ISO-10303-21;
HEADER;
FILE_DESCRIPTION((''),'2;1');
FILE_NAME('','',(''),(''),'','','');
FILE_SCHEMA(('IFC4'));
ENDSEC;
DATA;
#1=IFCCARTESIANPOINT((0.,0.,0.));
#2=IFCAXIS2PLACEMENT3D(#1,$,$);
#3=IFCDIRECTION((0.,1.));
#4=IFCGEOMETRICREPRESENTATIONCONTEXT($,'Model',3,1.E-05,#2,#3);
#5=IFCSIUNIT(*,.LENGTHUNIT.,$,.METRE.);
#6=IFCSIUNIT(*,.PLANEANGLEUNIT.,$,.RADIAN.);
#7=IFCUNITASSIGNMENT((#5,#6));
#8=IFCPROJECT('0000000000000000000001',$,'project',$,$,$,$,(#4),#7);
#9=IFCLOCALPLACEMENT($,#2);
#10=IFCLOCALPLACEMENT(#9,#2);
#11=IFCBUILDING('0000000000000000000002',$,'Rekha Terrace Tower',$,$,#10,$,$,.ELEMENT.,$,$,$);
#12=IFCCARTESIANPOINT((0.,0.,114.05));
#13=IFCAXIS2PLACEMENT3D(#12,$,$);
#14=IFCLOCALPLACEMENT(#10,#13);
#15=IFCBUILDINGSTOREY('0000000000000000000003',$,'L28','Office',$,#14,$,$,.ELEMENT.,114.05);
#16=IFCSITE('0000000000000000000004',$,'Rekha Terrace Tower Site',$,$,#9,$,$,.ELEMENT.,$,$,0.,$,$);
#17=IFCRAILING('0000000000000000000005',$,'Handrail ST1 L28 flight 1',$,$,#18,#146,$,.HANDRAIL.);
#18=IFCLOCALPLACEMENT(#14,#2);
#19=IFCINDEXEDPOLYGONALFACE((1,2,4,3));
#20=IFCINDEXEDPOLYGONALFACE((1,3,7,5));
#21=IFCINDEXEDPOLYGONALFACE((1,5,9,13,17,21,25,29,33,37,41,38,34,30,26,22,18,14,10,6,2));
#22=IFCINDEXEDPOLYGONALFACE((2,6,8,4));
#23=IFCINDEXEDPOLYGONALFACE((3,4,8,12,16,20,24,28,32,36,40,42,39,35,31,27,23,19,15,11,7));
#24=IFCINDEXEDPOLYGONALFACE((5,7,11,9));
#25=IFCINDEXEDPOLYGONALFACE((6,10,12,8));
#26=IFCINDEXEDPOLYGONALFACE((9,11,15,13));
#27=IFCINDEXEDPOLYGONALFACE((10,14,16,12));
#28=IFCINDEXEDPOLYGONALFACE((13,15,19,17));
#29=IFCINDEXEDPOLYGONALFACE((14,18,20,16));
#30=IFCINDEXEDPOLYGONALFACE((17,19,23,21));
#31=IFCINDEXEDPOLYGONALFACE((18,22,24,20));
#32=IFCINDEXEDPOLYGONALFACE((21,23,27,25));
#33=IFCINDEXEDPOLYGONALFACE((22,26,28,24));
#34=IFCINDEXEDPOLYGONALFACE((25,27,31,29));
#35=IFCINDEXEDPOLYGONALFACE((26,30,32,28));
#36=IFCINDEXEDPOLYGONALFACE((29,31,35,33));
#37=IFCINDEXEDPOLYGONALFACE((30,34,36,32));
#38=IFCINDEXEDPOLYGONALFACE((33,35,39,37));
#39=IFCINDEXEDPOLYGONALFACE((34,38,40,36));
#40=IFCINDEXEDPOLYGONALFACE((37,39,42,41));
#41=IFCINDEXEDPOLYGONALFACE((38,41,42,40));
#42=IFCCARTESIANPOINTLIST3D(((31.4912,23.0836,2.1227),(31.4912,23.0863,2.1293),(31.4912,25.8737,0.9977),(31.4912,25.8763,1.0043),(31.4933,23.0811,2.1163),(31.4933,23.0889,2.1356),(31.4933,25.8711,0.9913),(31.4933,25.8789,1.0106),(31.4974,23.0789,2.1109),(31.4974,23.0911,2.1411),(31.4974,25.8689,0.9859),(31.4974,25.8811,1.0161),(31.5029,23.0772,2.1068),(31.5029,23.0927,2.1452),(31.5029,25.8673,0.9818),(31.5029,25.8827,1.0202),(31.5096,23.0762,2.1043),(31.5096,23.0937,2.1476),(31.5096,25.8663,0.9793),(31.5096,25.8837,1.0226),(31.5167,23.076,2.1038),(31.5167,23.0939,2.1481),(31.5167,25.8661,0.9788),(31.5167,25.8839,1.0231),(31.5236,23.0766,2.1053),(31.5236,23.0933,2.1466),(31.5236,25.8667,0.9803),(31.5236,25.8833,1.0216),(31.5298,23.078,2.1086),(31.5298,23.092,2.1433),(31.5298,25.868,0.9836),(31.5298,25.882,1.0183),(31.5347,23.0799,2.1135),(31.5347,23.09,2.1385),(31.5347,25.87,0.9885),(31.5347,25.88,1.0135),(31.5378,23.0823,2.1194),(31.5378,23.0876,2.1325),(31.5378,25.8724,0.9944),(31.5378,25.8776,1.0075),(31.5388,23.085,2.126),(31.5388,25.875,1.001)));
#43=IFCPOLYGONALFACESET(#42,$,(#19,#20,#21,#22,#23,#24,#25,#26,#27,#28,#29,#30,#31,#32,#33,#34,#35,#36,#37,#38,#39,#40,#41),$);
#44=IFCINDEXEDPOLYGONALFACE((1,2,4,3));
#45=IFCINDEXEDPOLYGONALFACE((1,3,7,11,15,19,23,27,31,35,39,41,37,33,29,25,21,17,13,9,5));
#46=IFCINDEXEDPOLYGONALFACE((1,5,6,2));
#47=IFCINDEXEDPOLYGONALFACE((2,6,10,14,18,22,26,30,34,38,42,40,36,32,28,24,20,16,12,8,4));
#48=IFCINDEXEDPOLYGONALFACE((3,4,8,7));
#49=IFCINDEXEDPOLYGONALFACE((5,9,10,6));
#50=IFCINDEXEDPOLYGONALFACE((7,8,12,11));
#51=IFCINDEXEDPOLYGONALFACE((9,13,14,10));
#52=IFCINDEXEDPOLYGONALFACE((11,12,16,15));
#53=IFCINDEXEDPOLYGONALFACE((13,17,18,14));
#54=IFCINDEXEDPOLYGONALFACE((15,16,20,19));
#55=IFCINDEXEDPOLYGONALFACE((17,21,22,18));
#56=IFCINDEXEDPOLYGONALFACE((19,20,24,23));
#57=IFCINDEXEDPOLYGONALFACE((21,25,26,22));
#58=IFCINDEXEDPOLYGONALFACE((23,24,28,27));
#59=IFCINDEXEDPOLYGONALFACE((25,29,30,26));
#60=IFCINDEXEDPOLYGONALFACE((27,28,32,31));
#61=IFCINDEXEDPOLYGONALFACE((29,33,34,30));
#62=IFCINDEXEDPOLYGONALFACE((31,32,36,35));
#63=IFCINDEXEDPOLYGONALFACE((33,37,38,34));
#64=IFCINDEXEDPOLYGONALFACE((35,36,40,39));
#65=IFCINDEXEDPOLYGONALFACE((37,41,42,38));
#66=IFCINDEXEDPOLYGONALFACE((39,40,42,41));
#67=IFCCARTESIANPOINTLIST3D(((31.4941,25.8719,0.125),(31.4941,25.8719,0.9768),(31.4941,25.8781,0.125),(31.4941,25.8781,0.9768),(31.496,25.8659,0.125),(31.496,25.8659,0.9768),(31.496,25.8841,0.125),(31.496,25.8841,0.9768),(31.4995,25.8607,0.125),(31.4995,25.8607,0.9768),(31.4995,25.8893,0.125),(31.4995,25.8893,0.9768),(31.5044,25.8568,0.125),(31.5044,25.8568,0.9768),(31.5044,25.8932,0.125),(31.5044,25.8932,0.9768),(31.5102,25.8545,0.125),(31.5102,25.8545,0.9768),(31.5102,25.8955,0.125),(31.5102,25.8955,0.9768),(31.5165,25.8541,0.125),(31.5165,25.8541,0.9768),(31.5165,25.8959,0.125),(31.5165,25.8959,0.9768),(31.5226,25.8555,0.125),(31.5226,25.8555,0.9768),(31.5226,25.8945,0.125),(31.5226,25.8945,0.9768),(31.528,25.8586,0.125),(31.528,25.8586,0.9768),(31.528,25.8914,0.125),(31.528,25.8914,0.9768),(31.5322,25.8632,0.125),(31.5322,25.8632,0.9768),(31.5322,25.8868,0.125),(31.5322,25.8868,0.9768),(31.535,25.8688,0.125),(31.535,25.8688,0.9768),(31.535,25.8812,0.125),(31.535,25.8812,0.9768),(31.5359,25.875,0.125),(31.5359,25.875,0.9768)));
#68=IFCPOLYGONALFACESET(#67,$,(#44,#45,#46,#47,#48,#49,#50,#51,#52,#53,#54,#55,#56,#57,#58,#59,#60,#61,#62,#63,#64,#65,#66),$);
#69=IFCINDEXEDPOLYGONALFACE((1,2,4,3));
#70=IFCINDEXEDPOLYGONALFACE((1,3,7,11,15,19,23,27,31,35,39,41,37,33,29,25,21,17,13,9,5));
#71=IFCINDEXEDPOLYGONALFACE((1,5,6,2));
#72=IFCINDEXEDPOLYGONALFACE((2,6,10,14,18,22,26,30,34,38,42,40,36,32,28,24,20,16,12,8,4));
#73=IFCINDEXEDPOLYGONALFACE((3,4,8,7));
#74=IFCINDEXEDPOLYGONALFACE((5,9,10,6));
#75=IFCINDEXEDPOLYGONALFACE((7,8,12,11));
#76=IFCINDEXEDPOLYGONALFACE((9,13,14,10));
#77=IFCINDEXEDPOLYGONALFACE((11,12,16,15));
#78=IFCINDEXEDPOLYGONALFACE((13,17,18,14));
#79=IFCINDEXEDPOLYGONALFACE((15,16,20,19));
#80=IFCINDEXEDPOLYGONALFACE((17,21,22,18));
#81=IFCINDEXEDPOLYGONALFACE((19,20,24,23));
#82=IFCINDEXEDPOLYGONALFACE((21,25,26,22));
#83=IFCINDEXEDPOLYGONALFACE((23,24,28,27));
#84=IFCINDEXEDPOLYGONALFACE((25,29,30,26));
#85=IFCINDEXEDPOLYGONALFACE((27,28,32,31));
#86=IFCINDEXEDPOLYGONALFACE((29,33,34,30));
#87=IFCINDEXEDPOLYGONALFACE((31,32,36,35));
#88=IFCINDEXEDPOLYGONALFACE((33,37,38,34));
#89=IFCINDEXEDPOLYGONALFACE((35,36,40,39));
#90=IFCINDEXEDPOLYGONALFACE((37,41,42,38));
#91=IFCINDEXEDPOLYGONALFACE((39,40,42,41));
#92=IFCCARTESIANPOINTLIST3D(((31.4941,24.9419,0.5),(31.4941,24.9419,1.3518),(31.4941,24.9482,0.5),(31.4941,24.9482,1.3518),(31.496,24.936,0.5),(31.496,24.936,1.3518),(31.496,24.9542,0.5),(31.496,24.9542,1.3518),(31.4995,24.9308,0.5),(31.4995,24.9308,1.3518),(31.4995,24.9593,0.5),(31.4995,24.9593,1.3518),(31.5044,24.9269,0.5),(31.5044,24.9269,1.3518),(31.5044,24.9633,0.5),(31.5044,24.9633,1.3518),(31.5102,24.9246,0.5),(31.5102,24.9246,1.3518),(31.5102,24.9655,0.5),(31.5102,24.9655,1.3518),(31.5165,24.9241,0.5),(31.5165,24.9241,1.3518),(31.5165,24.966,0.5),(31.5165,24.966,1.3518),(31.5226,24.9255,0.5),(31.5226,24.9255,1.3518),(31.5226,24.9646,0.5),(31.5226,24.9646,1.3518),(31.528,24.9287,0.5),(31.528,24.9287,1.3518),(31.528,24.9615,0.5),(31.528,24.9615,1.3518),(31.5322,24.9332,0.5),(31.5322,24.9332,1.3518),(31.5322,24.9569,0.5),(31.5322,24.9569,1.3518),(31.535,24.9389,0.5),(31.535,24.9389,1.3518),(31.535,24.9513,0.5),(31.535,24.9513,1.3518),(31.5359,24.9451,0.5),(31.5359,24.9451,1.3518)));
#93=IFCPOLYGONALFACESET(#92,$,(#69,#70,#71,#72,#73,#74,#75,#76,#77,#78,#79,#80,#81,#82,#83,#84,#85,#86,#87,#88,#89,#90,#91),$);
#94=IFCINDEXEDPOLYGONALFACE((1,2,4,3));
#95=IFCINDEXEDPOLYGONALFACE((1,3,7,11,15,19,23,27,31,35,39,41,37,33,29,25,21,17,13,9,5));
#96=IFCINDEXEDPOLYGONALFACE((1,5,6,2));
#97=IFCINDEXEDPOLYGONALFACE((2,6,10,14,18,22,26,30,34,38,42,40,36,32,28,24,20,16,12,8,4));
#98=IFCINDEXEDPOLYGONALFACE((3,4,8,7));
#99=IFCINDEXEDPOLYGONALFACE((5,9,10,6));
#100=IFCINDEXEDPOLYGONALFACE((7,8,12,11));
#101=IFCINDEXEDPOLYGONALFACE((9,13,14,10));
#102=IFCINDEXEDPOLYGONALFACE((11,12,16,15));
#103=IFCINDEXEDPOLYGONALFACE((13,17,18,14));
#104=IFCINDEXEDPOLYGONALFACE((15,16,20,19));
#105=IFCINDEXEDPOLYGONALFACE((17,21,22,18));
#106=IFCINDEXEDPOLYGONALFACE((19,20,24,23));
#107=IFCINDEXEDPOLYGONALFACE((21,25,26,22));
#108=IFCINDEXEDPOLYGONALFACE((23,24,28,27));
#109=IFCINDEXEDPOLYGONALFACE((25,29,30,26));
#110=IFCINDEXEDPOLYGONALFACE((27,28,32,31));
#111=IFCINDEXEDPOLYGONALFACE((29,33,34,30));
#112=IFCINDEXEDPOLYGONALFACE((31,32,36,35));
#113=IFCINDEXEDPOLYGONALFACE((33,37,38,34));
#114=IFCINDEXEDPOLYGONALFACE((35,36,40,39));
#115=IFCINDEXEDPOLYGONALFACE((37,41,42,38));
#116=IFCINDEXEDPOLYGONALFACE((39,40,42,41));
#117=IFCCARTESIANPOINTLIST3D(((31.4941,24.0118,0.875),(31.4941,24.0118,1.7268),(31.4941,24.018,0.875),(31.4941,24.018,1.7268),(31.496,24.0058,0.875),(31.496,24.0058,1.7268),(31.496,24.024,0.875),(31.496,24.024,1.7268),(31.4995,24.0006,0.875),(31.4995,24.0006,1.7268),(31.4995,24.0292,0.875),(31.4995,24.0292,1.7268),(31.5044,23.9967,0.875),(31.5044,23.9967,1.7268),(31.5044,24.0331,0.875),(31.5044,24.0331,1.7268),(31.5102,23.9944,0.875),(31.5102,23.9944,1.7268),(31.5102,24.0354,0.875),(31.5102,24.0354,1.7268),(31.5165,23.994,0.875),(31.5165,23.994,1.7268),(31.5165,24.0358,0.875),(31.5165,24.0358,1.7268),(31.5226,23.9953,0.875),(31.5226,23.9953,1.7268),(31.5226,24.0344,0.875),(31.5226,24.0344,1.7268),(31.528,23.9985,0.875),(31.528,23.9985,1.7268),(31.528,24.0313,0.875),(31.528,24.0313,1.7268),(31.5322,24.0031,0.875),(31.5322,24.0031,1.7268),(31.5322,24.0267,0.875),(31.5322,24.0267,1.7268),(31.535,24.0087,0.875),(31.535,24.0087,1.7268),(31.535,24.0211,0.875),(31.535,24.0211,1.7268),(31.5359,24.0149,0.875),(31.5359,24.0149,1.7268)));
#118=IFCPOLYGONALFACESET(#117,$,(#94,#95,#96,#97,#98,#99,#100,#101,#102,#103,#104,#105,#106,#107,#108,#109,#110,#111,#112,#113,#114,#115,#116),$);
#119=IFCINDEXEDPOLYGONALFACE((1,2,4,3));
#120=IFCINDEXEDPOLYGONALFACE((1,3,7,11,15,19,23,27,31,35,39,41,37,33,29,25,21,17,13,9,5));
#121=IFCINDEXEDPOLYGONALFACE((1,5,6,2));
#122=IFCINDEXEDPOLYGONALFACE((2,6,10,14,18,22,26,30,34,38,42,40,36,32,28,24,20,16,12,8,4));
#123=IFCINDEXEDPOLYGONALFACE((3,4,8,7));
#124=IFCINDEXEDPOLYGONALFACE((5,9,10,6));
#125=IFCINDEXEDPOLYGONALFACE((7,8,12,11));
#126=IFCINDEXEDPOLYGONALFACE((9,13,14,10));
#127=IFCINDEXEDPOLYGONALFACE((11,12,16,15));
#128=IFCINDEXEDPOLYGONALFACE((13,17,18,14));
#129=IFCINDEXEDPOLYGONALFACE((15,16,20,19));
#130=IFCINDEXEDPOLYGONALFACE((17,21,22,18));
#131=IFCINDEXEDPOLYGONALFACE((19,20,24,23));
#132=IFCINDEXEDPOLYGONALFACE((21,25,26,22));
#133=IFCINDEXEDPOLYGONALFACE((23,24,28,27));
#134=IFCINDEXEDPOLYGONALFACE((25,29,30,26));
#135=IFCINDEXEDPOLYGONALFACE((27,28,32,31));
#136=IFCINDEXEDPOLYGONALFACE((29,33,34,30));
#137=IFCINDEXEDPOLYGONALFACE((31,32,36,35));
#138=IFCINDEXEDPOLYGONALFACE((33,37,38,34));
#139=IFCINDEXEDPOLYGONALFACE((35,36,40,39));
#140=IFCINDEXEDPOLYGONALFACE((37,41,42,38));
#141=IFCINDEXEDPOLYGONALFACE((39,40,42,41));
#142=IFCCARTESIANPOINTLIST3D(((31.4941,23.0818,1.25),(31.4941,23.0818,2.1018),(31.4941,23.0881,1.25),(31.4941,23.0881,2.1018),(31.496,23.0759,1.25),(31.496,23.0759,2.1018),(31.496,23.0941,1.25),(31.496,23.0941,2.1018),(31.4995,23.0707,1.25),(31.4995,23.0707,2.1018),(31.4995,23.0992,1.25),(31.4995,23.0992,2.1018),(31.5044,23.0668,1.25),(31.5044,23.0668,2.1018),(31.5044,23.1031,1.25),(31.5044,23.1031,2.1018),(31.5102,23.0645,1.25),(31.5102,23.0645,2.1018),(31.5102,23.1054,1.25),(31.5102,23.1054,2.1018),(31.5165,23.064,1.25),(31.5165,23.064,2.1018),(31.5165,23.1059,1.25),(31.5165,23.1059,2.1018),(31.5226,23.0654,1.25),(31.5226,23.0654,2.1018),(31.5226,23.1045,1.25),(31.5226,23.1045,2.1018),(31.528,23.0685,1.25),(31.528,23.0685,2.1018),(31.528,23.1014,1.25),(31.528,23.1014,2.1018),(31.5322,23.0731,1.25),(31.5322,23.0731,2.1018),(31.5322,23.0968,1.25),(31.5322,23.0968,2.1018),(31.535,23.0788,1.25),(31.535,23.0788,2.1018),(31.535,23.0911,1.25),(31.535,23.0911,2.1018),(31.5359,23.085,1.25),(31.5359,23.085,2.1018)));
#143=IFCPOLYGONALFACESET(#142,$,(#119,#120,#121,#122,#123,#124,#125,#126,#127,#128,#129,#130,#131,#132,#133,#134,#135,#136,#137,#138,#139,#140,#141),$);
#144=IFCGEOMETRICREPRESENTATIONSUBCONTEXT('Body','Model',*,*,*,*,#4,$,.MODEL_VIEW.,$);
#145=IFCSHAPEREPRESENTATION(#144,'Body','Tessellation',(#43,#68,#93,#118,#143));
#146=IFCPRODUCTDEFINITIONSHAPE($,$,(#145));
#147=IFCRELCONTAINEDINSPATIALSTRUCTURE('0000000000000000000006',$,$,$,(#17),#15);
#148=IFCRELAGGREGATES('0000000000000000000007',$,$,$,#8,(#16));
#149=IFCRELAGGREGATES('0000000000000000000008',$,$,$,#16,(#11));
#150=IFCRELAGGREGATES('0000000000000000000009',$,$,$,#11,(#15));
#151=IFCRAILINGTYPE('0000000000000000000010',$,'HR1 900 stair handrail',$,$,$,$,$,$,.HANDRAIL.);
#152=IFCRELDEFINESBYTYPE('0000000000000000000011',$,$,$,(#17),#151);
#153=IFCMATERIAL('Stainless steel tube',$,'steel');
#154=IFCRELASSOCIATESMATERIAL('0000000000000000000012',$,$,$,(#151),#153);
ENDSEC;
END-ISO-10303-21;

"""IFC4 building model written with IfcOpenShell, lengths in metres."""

from ifc_helpers import new_model, si_unit, direction, frame, origin, origin_2d, place, context, subcontext, project, spatial, circle, extrude, material, type_object, element, save


model = new_model("IFC4")

# Units and contexts
model_context = context("Model", 3, precision=1e-05, world=origin(), true_north=direction((0.0, 1.0)))
body_context = subcontext(model_context, "Body", "Model", "MODEL_VIEW")
ifc_project = project(units=[si_unit("LENGTHUNIT", "METRE"), si_unit("PLANEANGLEUNIT", "RADIAN")], contexts=[model_context])

# Site, building, storey
site_placement = place(None, origin())
site = spatial("IfcSite", under=ifc_project, at=site_placement, Name="Rekha Terrace Tower Site", CompositionType="ELEMENT", RefElevation=0.0)
building_placement = place(site_placement, origin())
building = spatial("IfcBuilding", under=site, at=building_placement, Name="Rekha Terrace Tower", CompositionType="ELEMENT")
storey_placement = place(building_placement, frame((0.0, 0.0, 114.05)))
storey = spatial("IfcBuildingStorey", under=building, at=storey_placement, Name="L28", Description="Office", CompositionType="ELEMENT", Elevation=114.05)

# Railing
ifc_material_1 = material(Name="Stainless steel tube", Category="steel")
railing_type_1 = type_object("IfcRailingType", Name="HR1 900 stair handrail", PredefinedType="HANDRAIL", material=ifc_material_1)
railing_1_placement = place(storey_placement, frame((31.5149, 25.875, 0.125)))
element("IfcRailing", 1, at=railing_1_placement, inside=storey, type_object=railing_type_1, Name="Handrail ST1 L28 flight 1", PredefinedType="HANDRAIL", context=body_context, shape_type="SweptSolid", body=[
    extrude(circle(Radius=0.0239, at=origin_2d()), frame((0.0, 0.0, 0.876), z_axis=(0.0, -0.927443, 0.373964), x_axis=(1.0, 0.0, 0.0)), (0.0, 0.0, 1.0), 3.0083),
    extrude(circle(Radius=0.021, at=origin_2d()), origin(), (0.0, 0.0, 1.0), 0.8518),
    extrude(circle(Radius=0.021, at=origin_2d()), frame((0.0, -0.9299, 0.375)), (0.0, 0.0, 1.0), 0.8518),
    extrude(circle(Radius=0.021, at=origin_2d()), frame((0.0, -1.8601, 0.75)), (0.0, 0.0, 1.0), 0.8518),
    extrude(circle(Radius=0.021, at=origin_2d()), frame((0.0, -2.79, 1.125)), (0.0, 0.0, 1.0), 0.8518),
])

save(model, "model.ifc")
